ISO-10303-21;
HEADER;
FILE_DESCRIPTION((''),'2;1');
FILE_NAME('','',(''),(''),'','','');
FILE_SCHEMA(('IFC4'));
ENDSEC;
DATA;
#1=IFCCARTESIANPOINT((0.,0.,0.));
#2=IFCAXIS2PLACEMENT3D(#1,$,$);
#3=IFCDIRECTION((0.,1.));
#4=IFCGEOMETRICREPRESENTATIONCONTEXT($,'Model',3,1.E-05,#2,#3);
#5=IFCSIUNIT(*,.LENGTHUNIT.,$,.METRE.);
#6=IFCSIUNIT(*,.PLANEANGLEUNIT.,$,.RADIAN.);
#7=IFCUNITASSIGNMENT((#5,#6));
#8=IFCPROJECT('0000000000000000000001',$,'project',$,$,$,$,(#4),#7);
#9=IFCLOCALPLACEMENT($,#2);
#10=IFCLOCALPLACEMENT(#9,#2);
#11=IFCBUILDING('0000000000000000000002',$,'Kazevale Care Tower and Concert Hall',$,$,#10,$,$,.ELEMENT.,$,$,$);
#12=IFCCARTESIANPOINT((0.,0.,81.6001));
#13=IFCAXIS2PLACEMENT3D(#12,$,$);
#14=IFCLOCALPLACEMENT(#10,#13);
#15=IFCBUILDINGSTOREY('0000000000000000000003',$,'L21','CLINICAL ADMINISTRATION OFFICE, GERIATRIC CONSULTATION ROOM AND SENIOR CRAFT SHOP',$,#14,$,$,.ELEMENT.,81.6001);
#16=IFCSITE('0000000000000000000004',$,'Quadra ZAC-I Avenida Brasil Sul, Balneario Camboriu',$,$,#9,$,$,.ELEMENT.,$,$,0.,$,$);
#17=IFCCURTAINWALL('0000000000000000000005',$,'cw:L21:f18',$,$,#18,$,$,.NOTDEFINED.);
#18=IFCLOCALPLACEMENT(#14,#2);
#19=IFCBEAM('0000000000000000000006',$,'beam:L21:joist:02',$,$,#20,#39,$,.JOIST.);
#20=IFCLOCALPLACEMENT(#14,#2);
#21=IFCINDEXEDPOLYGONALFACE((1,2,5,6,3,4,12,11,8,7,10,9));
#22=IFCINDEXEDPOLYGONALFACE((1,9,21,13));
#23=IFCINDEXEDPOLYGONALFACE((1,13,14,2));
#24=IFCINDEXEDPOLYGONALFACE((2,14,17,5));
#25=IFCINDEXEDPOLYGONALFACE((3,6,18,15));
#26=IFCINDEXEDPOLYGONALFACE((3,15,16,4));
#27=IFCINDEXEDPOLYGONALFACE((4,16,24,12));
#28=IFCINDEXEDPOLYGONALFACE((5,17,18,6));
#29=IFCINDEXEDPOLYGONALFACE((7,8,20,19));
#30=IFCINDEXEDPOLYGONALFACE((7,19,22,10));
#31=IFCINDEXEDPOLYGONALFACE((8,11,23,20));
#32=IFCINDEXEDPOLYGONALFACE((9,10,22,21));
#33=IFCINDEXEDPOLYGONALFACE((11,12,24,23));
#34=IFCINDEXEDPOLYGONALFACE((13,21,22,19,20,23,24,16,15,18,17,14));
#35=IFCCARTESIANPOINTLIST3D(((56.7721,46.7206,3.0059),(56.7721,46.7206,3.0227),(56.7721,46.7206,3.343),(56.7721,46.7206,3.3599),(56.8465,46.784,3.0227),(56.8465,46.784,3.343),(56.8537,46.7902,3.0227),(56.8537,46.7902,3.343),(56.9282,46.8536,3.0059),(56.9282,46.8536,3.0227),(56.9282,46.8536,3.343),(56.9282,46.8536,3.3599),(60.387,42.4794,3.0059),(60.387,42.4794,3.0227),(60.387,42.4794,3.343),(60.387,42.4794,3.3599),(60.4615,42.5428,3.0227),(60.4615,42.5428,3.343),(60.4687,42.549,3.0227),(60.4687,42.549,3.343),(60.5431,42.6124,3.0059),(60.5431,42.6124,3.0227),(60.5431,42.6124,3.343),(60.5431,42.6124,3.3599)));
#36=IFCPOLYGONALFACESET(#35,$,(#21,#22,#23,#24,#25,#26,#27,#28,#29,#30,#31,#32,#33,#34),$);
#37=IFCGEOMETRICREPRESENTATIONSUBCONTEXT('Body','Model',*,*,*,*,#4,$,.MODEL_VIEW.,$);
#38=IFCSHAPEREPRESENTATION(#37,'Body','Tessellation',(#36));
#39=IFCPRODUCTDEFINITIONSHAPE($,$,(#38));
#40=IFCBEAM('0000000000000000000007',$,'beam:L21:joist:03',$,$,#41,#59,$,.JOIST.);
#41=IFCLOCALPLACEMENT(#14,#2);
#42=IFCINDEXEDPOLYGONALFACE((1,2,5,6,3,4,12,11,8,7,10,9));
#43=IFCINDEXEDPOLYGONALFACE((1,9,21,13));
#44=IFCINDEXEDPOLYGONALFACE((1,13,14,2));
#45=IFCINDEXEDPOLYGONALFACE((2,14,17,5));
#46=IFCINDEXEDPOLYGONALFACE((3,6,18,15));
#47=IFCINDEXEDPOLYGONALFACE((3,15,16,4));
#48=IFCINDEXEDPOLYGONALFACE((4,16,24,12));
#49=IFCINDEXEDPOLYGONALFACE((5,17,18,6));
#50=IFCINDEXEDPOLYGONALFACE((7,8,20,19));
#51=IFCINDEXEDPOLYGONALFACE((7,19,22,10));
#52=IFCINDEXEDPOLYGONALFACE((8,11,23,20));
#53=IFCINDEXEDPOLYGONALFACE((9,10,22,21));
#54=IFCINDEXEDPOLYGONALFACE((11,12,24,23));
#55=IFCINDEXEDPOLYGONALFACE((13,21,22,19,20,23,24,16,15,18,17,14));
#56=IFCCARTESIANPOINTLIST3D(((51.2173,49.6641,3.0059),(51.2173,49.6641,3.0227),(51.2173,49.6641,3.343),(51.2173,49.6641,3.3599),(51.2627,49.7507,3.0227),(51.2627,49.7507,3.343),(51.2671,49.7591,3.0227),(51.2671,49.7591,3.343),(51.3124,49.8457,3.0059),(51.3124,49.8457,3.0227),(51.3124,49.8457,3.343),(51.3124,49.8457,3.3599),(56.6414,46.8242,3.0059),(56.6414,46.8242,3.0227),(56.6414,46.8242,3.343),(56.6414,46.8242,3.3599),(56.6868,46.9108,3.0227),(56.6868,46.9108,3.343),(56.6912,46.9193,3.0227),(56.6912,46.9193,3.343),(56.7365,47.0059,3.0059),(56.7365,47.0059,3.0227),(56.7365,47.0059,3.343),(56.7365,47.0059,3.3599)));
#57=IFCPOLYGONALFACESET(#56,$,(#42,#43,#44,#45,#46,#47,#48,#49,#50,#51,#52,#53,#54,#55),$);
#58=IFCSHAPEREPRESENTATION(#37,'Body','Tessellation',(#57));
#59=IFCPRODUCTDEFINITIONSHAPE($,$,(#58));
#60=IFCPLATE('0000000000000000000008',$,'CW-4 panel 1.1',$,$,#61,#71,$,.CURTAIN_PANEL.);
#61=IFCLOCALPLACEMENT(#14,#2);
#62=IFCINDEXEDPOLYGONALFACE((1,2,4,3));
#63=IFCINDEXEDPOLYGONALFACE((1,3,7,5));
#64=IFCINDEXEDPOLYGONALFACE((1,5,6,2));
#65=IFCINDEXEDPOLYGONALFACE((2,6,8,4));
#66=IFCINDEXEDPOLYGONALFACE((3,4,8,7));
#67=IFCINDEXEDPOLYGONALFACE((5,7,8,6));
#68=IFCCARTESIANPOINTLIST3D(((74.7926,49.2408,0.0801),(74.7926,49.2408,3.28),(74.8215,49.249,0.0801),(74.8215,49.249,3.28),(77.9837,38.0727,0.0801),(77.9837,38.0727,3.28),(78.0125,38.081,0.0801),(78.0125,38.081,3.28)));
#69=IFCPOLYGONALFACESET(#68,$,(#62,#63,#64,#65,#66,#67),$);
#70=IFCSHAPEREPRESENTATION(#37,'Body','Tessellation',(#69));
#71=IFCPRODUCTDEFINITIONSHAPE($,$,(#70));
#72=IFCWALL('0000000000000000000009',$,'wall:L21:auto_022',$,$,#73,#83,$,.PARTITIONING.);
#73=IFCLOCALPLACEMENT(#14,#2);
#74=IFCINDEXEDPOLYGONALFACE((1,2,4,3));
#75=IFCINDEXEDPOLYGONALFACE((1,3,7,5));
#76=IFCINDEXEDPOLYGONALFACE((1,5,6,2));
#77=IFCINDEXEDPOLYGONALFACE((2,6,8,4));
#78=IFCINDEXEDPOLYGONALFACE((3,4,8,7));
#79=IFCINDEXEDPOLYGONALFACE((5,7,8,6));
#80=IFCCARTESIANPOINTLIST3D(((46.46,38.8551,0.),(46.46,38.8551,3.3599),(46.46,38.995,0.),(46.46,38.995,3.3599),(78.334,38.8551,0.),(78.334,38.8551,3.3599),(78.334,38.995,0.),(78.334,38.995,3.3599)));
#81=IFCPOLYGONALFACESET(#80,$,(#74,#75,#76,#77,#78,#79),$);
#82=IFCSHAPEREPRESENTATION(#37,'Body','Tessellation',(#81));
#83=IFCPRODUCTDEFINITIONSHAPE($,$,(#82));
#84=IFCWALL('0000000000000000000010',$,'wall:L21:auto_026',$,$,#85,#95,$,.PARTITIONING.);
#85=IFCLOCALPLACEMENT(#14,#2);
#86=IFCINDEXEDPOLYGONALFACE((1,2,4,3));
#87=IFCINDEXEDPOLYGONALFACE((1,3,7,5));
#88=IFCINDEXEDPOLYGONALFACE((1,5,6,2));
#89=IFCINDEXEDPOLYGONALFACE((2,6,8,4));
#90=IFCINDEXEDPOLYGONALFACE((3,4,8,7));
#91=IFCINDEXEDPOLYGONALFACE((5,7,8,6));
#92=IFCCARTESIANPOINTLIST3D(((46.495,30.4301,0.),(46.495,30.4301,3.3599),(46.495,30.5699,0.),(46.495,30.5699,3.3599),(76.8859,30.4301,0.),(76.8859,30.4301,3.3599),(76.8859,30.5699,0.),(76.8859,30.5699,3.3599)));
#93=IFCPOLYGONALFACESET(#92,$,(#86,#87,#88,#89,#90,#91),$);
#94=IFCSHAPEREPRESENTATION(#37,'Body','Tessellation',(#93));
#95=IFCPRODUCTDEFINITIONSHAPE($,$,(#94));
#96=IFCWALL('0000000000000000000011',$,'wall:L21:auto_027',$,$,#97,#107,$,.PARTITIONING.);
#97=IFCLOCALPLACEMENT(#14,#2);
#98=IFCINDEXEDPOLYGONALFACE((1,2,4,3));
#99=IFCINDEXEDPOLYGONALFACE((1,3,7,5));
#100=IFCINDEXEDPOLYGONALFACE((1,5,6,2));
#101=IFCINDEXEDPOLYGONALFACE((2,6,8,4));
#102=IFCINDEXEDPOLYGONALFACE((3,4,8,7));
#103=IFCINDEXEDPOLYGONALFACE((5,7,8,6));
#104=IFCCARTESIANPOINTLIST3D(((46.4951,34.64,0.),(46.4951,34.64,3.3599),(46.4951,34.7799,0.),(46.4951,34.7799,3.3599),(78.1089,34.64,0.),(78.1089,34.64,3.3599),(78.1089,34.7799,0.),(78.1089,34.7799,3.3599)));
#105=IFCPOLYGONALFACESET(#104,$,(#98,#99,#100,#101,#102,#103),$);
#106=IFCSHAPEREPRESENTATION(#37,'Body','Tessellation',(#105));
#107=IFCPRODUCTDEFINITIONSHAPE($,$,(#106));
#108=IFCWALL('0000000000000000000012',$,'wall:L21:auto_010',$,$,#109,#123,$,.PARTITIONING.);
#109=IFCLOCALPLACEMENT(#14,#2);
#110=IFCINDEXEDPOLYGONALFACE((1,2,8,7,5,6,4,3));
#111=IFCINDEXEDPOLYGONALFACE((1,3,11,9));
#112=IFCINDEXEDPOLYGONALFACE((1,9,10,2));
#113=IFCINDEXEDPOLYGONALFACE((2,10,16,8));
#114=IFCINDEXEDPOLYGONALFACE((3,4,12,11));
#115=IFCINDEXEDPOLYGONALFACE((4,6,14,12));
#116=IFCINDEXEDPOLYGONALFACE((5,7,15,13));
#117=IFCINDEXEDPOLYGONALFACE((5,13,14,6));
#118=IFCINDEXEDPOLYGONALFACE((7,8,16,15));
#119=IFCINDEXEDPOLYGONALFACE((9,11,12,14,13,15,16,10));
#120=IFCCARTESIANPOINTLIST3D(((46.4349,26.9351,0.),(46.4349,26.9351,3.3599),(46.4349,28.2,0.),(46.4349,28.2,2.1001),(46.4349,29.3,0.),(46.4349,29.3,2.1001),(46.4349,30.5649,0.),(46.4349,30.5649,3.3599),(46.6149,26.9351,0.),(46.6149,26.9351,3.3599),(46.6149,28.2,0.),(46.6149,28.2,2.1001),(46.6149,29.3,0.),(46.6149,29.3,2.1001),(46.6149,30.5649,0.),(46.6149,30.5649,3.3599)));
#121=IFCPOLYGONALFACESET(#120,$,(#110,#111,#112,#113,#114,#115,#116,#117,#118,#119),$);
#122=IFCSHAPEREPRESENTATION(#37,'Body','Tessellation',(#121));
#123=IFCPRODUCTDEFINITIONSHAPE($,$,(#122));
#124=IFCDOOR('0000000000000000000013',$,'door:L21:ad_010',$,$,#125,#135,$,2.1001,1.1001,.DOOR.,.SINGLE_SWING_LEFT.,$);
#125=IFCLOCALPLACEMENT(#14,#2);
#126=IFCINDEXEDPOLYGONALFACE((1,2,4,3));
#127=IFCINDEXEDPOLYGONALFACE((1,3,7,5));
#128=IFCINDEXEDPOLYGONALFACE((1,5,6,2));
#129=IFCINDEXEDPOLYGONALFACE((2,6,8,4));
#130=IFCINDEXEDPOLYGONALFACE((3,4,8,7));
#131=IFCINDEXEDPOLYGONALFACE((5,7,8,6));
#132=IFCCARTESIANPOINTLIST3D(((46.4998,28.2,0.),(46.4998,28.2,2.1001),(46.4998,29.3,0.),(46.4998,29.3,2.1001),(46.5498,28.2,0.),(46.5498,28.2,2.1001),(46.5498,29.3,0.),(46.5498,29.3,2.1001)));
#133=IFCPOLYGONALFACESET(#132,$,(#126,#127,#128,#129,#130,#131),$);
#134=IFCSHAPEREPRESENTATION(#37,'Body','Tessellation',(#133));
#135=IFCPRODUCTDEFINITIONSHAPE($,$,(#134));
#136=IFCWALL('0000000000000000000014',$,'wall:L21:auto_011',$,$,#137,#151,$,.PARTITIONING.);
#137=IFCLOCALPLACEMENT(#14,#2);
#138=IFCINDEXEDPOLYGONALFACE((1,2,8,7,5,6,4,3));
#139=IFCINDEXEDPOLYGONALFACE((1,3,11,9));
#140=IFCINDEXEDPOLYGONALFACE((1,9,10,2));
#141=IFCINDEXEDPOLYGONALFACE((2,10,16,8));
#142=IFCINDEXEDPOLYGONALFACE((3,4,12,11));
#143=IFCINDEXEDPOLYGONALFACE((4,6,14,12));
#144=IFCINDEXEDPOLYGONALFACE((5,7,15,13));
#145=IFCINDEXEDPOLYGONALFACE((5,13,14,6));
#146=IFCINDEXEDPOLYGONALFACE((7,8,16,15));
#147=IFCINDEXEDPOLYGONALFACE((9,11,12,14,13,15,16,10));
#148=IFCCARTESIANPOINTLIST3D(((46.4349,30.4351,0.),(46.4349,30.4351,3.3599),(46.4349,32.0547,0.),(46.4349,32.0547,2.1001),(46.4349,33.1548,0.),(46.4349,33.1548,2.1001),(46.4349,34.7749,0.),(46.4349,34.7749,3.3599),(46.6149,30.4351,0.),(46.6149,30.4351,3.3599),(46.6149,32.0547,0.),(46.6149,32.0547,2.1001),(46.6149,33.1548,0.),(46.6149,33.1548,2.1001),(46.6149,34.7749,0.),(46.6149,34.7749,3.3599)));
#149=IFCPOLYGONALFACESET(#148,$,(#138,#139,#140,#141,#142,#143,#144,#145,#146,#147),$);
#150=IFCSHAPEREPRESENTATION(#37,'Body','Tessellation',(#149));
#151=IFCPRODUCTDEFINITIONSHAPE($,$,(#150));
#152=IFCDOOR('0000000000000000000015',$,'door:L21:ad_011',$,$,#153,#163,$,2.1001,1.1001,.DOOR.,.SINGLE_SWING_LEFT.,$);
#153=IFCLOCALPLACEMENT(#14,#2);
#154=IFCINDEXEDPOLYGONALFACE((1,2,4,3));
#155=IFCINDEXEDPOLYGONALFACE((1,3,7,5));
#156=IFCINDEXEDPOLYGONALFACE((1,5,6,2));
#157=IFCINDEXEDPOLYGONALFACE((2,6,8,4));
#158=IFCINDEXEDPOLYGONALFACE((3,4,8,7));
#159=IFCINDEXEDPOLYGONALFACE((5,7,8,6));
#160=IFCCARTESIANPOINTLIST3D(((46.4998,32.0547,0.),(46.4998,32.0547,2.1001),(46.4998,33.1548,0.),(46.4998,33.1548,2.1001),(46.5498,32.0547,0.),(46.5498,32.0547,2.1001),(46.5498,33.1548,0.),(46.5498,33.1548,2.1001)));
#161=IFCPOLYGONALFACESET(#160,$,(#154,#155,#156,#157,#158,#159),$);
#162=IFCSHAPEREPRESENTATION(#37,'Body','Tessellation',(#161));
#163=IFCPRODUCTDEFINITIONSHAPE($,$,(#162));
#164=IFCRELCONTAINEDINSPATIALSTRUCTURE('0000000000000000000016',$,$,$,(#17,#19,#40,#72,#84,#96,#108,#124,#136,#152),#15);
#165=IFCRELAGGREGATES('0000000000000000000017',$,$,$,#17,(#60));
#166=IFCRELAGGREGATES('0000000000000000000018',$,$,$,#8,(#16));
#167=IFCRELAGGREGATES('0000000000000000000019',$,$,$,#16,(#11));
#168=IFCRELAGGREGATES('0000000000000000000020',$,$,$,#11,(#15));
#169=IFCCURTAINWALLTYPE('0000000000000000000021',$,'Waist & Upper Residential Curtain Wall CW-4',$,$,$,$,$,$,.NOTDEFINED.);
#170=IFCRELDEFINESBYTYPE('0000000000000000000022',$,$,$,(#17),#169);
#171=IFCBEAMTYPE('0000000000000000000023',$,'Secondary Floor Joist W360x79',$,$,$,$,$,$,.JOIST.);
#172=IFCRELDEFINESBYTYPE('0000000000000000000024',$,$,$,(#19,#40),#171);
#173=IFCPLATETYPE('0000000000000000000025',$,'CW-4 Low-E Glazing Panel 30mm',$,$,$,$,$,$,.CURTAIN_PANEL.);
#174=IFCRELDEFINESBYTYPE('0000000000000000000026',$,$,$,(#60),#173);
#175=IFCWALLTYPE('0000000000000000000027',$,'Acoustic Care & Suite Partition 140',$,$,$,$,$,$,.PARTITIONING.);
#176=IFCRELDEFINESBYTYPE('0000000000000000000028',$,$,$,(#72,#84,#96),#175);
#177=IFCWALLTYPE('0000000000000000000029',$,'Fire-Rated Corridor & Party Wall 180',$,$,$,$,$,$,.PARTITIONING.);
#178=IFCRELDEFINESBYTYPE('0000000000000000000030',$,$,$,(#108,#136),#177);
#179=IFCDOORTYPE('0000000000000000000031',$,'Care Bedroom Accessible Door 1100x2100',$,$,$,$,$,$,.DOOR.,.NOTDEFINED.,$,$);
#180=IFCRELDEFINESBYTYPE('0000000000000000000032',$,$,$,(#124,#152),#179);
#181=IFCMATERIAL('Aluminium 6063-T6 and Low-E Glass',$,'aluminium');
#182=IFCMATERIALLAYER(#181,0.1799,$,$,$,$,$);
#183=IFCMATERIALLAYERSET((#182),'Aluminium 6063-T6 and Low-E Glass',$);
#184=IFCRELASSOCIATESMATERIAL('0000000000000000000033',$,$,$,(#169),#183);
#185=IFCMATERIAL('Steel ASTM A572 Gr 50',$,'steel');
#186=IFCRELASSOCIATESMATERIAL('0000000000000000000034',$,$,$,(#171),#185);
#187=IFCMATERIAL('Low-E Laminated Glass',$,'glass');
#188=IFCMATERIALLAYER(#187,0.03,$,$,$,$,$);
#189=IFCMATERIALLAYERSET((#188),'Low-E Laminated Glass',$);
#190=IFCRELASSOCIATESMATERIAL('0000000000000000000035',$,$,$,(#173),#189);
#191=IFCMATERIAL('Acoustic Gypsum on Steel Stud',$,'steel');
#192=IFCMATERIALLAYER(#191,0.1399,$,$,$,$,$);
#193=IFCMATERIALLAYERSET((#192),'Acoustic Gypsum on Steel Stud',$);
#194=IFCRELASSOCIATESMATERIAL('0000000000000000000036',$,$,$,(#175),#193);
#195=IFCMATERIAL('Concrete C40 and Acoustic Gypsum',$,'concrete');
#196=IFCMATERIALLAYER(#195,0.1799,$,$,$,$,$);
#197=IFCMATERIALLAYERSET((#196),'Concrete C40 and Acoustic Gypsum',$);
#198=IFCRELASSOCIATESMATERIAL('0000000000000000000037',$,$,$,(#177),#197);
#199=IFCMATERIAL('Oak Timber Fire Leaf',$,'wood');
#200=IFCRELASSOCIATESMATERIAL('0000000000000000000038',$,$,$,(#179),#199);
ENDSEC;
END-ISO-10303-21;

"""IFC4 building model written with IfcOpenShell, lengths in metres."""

from ifc_helpers import new_model, si_unit, direction, frame, frame_2d, origin, origin_2d, place, context, subcontext, project, spatial, rectangle, i_section, extrude, material, layer, layer_set, material_profile, profile_set, type_object, element, fill, aggregate, save


model = new_model("IFC4")

# Units and contexts
model_context = context("Model", 3, precision=1e-05, world=origin(), true_north=direction((0.0, 1.0)))
body_context = subcontext(model_context, "Body", "Model", "MODEL_VIEW")
ifc_project = project(units=[si_unit("LENGTHUNIT", "METRE"), si_unit("PLANEANGLEUNIT", "RADIAN")], contexts=[model_context])

# Site, building, storey
site_placement = place(None, origin())
site = spatial("IfcSite", under=ifc_project, at=site_placement, Name="Quadra ZAC-I Avenida Brasil Sul, Balneario Camboriu", CompositionType="ELEMENT", RefElevation=0.0)
building_placement = place(site_placement, origin())
building = spatial("IfcBuilding", under=site, at=building_placement, Name="Kazevale Care Tower and Concert Hall", CompositionType="ELEMENT")
storey_placement = place(building_placement, frame((0.0, 0.0, 81.6001)))
storey = spatial("IfcBuildingStorey", under=building, at=storey_placement, Name="L21", Description="CLINICAL ADMINISTRATION OFFICE, GERIATRIC CONSULTATION ROOM AND SENIOR CRAFT SHOP", CompositionType="ELEMENT", Elevation=81.6001)

# Curtain wall
ifc_material_1 = material(Name="Aluminium 6063-T6 and Low-E Glass", Category="aluminium")
ifc_layer_1 = layer(ifc_material_1, 0.1799)
ifc_layer_set_1 = layer_set([ifc_layer_1], Name="Aluminium 6063-T6 and Low-E Glass")
curtain_wall_type = type_object("IfcCurtainWallType", Name="Waist & Upper Residential Curtain Wall CW-4", PredefinedType="NOTDEFINED", material=ifc_layer_set_1)
curtain_wall_placement = place(storey_placement, origin())
curtain_wall = element("IfcCurtainWall", 1, at=curtain_wall_placement, inside=storey, type_object=curtain_wall_type, Name="cw:L21:f18", PredefinedType="NOTDEFINED")

# Beams
ifc_material_2 = material(Name="Steel ASTM A572 Gr 50", Category="steel")
ifc_material_profile_1 = material_profile(ifc_material_2, i_section(OverallWidth=0.2051, OverallDepth=0.354, WebThickness=0.0095, FlangeThickness=0.0168, at=origin_2d()), Name="W360x79")
ifc_profile_set_1 = profile_set([ifc_material_profile_1], Name="Steel ASTM A572 Gr 50")
beam_type_1 = type_object("IfcBeamType", Name="Secondary Floor Joist W360x79", PredefinedType="JOIST", material=ifc_profile_set_1)
beam_1_placement = place(storey_placement, frame((60.4651, 42.5459, 3.1829), z_axis=(-0.648686, 0.761057, 0.0), x_axis=(-0.761057, -0.648686, 0.0)))
element("IfcBeam", 2, at=beam_1_placement, inside=storey, type_object=beam_type_1, Name="beam:L21:joist:02", PredefinedType="JOIST", context=body_context, shape_type="SweptSolid", body=[
    extrude(i_section(OverallWidth=0.2051, OverallDepth=0.354, WebThickness=0.0095, FlangeThickness=0.0168, at=origin_2d()), origin(), (0.0, 0.0, 1.0), 5.5728),
])
beam_2_placement = place(storey_placement, frame((56.689, 46.915, 3.1829), z_axis=(-0.885921, 0.463836, 0.0), x_axis=(-0.463836, -0.885921, 0.0)))
element("IfcBeam", 3, at=beam_2_placement, inside=storey, type_object=beam_type_1, Name="beam:L21:joist:03", PredefinedType="JOIST", context=body_context, shape_type="SweptSolid", body=[
    extrude(i_section(OverallWidth=0.2051, OverallDepth=0.354, WebThickness=0.0095, FlangeThickness=0.0168, at=origin_2d()), origin(), (0.0, 0.0, 1.0), 6.1226),
])

# Plate
ifc_material_3 = material(Name="Low-E Laminated Glass", Category="glass")
ifc_layer_2 = layer(ifc_material_3, 0.03)
ifc_layer_set_2 = layer_set([ifc_layer_2], Name="Low-E Laminated Glass")
plate_type = type_object("IfcPlateType", Name="CW-4 Low-E Glazing Panel 30mm", PredefinedType="CURTAIN_PANEL", material=ifc_layer_set_2)
plate_placement = place(storey_placement, frame((76.4026, 43.6609, 0.0801), z_axis=(0.0, 0.0, 1.0), x_axis=(0.274732, -0.961521, 0.0)))
plate = element("IfcPlate", 4, at=plate_placement, type_object=plate_type, Name="CW-4 panel 1.1", PredefinedType="CURTAIN_PANEL", context=body_context, shape_type="SweptSolid", body=[
    extrude(rectangle(XDim=11.615, YDim=0.03, at=origin_2d()), origin(), (0.0, 0.0, 1.0), 3.2),
])
aggregate(curtain_wall, [plate])

# Walls
ifc_material_4 = material(Name="Acoustic Gypsum on Steel Stud", Category="steel")
ifc_layer_3 = layer(ifc_material_4, 0.1399)
ifc_layer_set_3 = layer_set([ifc_layer_3], Name="Acoustic Gypsum on Steel Stud")
wall_type_1 = type_object("IfcWallType", Name="Acoustic Care & Suite Partition 140", PredefinedType="PARTITIONING", material=ifc_layer_set_3)
wall_1_placement = place(storey_placement, frame((78.334, 38.925, 0.0), z_axis=(0.0, 0.0, 1.0), x_axis=(-1.0, 0.0, 0.0)))
element("IfcWall", 5, at=wall_1_placement, inside=storey, type_object=wall_type_1, Name="wall:L21:auto_022", PredefinedType="PARTITIONING", context=body_context, shape_type="SweptSolid", body=[
    extrude(rectangle(XDim=31.874, YDim=0.1399, at=frame_2d((15.937, 0.0))), origin(), (0.0, 0.0, 1.0), 3.3599),
])
wall_2_placement = place(storey_placement, frame((46.4951, 30.5, 0.0), z_axis=(0.0, 0.0, 1.0), x_axis=(1.0, 0.0, 0.0)))
element("IfcWall", 6, at=wall_2_placement, inside=storey, type_object=wall_type_1, Name="wall:L21:auto_026", PredefinedType="PARTITIONING", context=body_context, shape_type="SweptSolid", body=[
    extrude(rectangle(XDim=30.3909, YDim=0.1399, at=frame_2d((15.1953, 0.0))), origin(), (0.0, 0.0, 1.0), 3.3599),
])
wall_3_placement = place(storey_placement, frame((46.4951, 34.71, 0.0), z_axis=(0.0, 0.0, 1.0), x_axis=(1.0, 0.0, 0.0)))
element("IfcWall", 7, at=wall_3_placement, inside=storey, type_object=wall_type_1, Name="wall:L21:auto_027", PredefinedType="PARTITIONING", context=body_context, shape_type="SweptSolid", body=[
    extrude(rectangle(XDim=31.6138, YDim=0.1399, at=frame_2d((15.8069, 0.0))), origin(), (0.0, 0.0, 1.0), 3.3599),
])

# Walls, openings, doors
ifc_material_5 = material(Name="Concrete C40 and Acoustic Gypsum", Category="concrete")
ifc_layer_4 = layer(ifc_material_5, 0.1799)
ifc_layer_set_4 = layer_set([ifc_layer_4], Name="Concrete C40 and Acoustic Gypsum")
wall_type_2 = type_object("IfcWallType", Name="Fire-Rated Corridor & Party Wall 180", PredefinedType="PARTITIONING", material=ifc_layer_set_4)
wall_4_placement = place(storey_placement, frame((46.5249, 30.5649, 0.0), z_axis=(0.0, 0.0, 1.0), x_axis=(0.0, -1.0, 0.0)))
wall_4 = element("IfcWall", 8, at=wall_4_placement, inside=storey, type_object=wall_type_2, Name="wall:L21:auto_010", PredefinedType="PARTITIONING", context=body_context, shape_type="SweptSolid", body=[
    extrude(rectangle(XDim=3.6299, YDim=0.1799, at=frame_2d((1.8149, 0.0))), origin(), (0.0, 0.0, 1.0), 3.3599),
])
opening_1_placement = place(wall_4_placement, frame((1.2649, 0.0, 0.0)))
opening_1 = element("IfcOpeningElement", 9, at=opening_1_placement, cuts=wall_4, PredefinedType="OPENING", context=body_context, shape_type="SweptSolid", body=[
    extrude(rectangle(XDim=1.1001, YDim=2.1001, at=frame_2d((0.55, 1.05))), frame((0.0, 0.0999, 0.0), z_axis=(0.0, -1.0, 0.0), x_axis=(1.0, 0.0, 0.0)), (0.0, 0.0, 1.0), 0.2),
])
ifc_material_6 = material(Name="Oak Timber Fire Leaf", Category="wood")
door_type = type_object("IfcDoorType", Name="Care Bedroom Accessible Door 1100x2100", OperationType="NOTDEFINED", PredefinedType="DOOR", material=ifc_material_6)
door_1_placement = place(opening_1_placement, origin())
door_1 = element("IfcDoor", 10, at=door_1_placement, inside=storey, type_object=door_type, Name="door:L21:ad_010", OperationType="SINGLE_SWING_LEFT", OverallHeight=2.1001, OverallWidth=1.1001, PredefinedType="DOOR", context=body_context, shape_type="SweptSolid", body=[
    extrude(rectangle(XDim=1.1001, YDim=2.1001, at=frame_2d((0.55, 1.05))), frame((0.0, 0.0249, 0.0), z_axis=(0.0, -1.0, 0.0), x_axis=(1.0, 0.0, 0.0)), (0.0, 0.0, 1.0), 0.05),
])
fill(opening_1, door_1)
wall_5_placement = place(storey_placement, frame((46.5249, 34.7749, 0.0), z_axis=(0.0, 0.0, 1.0), x_axis=(0.0, -1.0, 0.0)))
wall_5 = element("IfcWall", 11, at=wall_5_placement, inside=storey, type_object=wall_type_2, Name="wall:L21:auto_011", PredefinedType="PARTITIONING", context=body_context, shape_type="SweptSolid", body=[
    extrude(rectangle(XDim=4.3398, YDim=0.1799, at=frame_2d((2.1699, 0.0))), origin(), (0.0, 0.0, 1.0), 3.3599),
])
opening_2_placement = place(wall_5_placement, frame((1.6201, 0.0, 0.0)))
opening_2 = element("IfcOpeningElement", 12, at=opening_2_placement, cuts=wall_5, PredefinedType="OPENING", context=body_context, shape_type="SweptSolid", body=[
    extrude(rectangle(XDim=1.1001, YDim=2.1001, at=frame_2d((0.55, 1.05))), frame((0.0, 0.0999, 0.0), z_axis=(0.0, -1.0, 0.0), x_axis=(1.0, 0.0, 0.0)), (0.0, 0.0, 1.0), 0.2),
])
door_2_placement = place(opening_2_placement, origin())
door_2 = element("IfcDoor", 13, at=door_2_placement, inside=storey, type_object=door_type, Name="door:L21:ad_011", OperationType="SINGLE_SWING_LEFT", OverallHeight=2.1001, OverallWidth=1.1001, PredefinedType="DOOR", context=body_context, shape_type="SweptSolid", body=[
    extrude(rectangle(XDim=1.1001, YDim=2.1001, at=frame_2d((0.55, 1.05))), frame((0.0, 0.0249, 0.0), z_axis=(0.0, -1.0, 0.0), x_axis=(1.0, 0.0, 0.0)), (0.0, 0.0, 1.0), 0.05),
])
fill(opening_2, door_2)

save(model, "model.ifc")
